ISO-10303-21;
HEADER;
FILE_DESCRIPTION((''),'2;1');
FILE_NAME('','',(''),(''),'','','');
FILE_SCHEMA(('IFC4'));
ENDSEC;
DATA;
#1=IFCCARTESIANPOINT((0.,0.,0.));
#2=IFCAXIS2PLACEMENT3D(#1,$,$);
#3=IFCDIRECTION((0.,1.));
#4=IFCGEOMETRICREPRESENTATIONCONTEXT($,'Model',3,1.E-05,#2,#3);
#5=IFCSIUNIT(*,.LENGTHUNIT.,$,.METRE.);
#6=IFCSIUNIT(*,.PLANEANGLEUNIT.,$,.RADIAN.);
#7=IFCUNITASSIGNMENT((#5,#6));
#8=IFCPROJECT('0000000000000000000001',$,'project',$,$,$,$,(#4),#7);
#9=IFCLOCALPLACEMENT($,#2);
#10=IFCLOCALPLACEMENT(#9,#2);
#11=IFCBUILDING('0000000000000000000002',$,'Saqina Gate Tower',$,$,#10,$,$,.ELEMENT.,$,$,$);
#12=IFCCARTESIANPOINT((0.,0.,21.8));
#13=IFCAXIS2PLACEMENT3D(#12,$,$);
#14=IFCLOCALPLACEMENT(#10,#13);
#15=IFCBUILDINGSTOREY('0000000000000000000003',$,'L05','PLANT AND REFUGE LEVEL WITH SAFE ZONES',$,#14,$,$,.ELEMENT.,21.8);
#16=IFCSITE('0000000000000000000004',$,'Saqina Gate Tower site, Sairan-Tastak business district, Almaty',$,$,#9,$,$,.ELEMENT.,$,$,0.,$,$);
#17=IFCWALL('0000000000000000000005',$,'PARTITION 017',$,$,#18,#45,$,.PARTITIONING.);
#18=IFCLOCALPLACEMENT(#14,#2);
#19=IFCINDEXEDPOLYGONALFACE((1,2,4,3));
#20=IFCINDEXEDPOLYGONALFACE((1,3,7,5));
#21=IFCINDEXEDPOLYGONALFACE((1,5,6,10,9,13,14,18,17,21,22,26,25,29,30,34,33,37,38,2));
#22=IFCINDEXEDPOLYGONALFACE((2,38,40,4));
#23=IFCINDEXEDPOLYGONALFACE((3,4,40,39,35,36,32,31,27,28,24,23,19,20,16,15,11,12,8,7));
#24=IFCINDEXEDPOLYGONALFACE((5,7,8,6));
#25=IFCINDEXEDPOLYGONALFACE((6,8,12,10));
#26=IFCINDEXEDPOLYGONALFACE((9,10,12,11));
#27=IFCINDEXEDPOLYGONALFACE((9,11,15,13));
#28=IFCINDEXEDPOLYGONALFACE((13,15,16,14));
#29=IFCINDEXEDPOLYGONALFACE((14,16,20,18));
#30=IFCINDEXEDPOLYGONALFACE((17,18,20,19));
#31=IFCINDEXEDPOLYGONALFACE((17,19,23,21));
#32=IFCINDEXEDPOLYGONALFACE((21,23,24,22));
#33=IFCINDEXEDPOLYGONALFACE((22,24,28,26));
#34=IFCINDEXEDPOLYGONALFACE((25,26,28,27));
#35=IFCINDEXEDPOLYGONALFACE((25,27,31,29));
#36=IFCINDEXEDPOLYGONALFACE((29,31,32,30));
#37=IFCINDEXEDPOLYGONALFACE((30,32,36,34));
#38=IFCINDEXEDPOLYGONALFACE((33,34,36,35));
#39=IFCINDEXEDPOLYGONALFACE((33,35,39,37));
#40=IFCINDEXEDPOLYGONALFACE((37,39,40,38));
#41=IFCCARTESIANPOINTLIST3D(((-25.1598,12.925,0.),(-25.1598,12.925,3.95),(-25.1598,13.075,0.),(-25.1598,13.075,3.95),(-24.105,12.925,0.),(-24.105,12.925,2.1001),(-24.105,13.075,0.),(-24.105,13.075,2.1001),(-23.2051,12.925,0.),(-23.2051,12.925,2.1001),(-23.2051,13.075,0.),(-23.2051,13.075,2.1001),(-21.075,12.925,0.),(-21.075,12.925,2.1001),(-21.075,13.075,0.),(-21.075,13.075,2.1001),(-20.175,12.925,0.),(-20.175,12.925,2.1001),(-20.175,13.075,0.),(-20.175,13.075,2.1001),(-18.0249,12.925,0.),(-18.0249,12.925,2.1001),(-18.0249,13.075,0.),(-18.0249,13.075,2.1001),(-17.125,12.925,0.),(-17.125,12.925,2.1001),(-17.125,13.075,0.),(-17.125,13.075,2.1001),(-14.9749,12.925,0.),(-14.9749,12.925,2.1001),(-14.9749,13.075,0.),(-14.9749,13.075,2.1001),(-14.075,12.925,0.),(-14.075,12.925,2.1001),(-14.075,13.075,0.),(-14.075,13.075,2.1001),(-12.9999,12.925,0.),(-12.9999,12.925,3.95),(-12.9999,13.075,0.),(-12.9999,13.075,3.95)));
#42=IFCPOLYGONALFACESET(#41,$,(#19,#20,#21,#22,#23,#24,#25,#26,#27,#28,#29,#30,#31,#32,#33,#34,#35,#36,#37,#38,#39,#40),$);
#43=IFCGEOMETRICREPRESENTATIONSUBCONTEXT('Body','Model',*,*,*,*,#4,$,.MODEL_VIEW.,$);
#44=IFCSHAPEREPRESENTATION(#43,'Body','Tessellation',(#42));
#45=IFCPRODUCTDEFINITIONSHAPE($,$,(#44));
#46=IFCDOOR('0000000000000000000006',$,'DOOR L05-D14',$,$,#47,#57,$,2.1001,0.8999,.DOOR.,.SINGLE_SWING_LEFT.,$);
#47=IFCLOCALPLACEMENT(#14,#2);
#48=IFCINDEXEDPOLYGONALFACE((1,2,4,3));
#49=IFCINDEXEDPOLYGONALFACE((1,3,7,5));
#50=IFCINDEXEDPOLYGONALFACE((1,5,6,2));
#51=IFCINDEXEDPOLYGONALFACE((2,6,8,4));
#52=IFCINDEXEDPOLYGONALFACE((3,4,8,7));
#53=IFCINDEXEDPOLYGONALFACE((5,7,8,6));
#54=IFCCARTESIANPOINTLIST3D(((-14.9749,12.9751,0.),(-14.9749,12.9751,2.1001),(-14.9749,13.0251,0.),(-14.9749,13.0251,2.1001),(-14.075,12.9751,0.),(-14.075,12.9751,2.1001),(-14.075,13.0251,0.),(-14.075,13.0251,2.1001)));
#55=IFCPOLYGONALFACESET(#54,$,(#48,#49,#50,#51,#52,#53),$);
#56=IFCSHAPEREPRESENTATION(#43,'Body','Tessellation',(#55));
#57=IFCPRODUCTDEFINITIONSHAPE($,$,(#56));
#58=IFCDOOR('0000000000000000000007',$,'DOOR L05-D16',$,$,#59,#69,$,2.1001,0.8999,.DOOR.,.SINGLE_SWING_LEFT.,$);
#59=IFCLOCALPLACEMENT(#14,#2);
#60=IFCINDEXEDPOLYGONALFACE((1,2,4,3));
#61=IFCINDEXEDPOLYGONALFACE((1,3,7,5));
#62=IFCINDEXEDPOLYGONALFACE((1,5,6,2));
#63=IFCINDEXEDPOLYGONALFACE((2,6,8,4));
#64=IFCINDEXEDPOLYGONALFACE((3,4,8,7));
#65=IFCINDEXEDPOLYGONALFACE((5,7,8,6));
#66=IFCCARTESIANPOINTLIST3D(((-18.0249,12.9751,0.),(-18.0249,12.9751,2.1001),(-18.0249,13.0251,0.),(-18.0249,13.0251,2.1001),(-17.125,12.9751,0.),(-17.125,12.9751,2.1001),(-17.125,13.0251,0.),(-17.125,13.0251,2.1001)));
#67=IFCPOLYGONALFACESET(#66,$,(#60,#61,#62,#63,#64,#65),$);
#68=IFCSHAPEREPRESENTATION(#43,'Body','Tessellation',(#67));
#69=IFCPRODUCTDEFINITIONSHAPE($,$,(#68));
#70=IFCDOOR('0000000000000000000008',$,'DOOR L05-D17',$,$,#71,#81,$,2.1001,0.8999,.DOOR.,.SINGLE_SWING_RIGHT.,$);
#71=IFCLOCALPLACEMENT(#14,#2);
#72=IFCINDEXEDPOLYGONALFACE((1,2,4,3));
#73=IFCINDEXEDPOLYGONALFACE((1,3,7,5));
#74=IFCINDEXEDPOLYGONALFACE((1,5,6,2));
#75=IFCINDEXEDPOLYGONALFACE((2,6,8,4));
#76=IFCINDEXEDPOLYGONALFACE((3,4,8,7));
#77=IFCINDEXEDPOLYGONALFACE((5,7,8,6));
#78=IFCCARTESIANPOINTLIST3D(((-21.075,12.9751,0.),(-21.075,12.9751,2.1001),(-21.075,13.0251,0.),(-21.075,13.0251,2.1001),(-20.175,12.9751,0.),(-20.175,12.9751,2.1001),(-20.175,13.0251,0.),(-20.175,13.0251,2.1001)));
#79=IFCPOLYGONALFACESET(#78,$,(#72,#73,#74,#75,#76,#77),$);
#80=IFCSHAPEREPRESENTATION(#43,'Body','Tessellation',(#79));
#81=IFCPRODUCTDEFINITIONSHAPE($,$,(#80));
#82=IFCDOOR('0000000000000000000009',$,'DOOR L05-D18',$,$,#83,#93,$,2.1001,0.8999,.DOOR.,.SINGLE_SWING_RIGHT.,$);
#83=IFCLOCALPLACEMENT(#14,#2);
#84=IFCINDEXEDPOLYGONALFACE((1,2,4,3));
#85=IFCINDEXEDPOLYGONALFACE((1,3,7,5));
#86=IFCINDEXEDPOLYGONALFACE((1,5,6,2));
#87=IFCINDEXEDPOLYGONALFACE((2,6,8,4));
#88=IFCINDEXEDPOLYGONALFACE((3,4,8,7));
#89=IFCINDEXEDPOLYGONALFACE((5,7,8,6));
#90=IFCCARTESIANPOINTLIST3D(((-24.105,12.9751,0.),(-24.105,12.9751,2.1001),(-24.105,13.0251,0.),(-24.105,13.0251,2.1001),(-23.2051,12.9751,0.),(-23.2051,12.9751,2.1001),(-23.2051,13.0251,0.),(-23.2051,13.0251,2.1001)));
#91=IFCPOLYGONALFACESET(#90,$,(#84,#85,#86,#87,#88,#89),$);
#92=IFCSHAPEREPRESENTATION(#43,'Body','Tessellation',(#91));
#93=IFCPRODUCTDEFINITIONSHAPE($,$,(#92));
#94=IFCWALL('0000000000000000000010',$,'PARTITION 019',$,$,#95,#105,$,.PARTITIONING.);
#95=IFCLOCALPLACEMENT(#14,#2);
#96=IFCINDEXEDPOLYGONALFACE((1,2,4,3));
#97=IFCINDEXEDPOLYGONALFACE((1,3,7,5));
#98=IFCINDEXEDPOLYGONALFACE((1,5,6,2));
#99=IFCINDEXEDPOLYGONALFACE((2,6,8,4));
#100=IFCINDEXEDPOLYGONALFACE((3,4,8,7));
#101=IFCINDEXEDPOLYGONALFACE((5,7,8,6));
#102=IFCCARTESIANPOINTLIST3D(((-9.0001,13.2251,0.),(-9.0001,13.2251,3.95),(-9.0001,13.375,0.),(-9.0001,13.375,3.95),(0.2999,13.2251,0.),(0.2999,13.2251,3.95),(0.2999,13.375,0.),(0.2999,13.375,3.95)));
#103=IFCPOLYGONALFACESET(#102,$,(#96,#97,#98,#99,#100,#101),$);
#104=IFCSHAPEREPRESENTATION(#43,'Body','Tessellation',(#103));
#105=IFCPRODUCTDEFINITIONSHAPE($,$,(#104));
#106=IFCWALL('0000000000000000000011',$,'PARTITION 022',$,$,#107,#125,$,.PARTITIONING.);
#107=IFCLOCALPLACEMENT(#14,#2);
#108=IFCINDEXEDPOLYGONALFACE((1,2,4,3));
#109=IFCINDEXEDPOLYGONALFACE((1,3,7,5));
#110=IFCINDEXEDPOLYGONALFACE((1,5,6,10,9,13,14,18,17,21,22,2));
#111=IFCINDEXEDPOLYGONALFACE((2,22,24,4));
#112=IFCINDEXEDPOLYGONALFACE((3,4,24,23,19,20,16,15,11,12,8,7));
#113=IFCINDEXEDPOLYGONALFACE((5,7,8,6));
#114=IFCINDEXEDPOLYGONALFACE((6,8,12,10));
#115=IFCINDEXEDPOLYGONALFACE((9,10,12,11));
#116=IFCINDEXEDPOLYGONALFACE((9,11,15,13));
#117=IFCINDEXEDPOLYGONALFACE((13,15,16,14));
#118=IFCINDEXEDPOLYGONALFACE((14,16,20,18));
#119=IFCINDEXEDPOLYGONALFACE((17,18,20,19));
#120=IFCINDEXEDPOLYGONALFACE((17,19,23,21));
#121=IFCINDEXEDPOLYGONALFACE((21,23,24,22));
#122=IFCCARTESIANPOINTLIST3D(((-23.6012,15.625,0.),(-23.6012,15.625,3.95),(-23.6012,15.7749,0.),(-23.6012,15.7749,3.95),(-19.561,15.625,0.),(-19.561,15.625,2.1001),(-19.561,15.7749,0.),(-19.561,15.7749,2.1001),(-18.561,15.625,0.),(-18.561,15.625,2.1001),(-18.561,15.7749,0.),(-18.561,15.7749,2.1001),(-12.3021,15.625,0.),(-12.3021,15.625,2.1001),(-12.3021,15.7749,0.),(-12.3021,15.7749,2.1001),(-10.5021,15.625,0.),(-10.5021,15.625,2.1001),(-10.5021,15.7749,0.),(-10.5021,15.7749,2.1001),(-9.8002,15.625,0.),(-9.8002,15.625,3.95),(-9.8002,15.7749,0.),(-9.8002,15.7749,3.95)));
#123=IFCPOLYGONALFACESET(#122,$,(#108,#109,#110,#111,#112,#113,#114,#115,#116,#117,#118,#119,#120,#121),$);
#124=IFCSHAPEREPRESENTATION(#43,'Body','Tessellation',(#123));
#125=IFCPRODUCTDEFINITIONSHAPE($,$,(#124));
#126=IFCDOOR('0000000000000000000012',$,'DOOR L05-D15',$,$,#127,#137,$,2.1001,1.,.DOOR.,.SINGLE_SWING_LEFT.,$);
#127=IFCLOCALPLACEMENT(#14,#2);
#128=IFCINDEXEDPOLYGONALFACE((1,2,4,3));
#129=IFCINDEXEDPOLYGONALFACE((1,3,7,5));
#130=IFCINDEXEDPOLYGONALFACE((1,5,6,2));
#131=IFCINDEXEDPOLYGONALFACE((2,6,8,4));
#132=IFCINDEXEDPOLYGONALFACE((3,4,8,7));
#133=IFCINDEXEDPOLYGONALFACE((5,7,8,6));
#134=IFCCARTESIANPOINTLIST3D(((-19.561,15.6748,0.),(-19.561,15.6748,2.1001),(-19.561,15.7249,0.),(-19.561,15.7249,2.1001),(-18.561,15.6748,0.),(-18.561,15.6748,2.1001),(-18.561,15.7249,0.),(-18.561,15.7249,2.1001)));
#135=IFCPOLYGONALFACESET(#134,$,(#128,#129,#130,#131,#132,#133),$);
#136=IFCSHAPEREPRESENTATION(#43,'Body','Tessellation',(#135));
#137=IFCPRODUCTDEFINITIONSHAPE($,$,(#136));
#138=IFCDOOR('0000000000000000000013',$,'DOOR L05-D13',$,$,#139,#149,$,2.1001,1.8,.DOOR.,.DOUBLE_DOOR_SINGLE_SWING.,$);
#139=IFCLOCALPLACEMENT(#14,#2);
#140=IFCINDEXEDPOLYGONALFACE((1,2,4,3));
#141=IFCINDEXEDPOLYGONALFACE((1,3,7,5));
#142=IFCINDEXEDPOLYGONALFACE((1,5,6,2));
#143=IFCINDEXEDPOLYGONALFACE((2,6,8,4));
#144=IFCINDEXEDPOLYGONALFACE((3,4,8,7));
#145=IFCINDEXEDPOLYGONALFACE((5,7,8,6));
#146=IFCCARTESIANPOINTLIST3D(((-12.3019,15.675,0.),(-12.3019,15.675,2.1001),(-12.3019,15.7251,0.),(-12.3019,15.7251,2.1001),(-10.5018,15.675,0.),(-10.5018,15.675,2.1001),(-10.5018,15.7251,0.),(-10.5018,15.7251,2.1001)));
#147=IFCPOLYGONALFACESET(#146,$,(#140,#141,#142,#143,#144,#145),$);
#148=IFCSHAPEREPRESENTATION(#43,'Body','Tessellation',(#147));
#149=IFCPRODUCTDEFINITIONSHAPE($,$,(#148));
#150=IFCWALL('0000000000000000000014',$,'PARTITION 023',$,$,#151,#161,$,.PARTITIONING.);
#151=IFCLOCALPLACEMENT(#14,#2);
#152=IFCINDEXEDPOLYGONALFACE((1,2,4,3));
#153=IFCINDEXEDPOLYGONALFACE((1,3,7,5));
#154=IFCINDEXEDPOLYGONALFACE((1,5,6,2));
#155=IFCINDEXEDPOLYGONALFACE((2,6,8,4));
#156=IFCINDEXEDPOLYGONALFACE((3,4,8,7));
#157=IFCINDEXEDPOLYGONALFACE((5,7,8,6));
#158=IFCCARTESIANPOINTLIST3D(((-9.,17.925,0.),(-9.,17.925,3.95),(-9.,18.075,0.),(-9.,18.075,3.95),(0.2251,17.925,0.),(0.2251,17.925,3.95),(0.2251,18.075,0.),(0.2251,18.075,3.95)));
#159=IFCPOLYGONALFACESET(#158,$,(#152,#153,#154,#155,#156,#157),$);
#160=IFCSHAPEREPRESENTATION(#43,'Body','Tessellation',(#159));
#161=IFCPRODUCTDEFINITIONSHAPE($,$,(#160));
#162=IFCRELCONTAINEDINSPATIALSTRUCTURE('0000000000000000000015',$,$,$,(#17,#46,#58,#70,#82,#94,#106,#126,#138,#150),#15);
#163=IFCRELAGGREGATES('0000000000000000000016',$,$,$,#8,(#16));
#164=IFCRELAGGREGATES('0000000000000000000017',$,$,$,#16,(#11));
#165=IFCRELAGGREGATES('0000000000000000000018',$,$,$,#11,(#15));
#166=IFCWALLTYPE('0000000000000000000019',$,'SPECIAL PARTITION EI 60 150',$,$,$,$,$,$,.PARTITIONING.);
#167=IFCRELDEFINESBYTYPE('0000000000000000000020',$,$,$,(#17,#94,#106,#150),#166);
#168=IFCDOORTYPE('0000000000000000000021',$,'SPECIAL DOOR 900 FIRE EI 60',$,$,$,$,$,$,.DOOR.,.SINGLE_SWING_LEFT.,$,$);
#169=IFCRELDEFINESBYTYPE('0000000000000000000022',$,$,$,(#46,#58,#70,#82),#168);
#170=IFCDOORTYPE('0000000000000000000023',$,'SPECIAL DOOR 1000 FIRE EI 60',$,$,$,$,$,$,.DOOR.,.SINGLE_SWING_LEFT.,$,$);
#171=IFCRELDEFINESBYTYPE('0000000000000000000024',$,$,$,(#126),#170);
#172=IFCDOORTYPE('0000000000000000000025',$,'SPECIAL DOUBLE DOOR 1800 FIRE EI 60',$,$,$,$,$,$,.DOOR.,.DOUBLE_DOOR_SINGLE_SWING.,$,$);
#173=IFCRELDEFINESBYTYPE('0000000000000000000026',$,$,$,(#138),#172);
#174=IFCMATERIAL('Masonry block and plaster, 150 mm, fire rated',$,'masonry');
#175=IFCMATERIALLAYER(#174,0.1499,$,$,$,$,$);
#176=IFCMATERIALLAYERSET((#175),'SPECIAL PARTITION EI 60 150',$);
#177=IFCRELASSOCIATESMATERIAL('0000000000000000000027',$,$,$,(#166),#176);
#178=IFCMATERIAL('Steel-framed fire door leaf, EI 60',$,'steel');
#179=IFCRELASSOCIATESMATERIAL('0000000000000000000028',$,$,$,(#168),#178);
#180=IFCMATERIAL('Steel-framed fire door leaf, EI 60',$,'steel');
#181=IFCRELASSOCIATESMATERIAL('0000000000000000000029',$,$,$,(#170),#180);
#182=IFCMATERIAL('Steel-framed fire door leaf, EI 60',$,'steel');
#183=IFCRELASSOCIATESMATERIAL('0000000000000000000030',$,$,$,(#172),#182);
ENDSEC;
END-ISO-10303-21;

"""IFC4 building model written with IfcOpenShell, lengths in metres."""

from ifc_helpers import new_model, si_unit, direction, frame, frame_2d, origin, place, context, subcontext, project, spatial, rectangle, extrude, material, layer, layer_set, type_object, element, fill, save


model = new_model("IFC4")

# Units and contexts
model_context = context("Model", 3, precision=1e-05, world=origin(), true_north=direction((0.0, 1.0)))
body_context = subcontext(model_context, "Body", "Model", "MODEL_VIEW")
ifc_project = project(units=[si_unit("LENGTHUNIT", "METRE"), si_unit("PLANEANGLEUNIT", "RADIAN")], contexts=[model_context])

# Site, building, storey
site_placement = place(None, origin())
site = spatial("IfcSite", under=ifc_project, at=site_placement, Name="Saqina Gate Tower site, Sairan-Tastak business district, Almaty", CompositionType="ELEMENT", RefElevation=0.0)
building_placement = place(site_placement, origin())
building = spatial("IfcBuilding", under=site, at=building_placement, Name="Saqina Gate Tower", CompositionType="ELEMENT")
storey_placement = place(building_placement, frame((0.0, 0.0, 21.8)))
storey = spatial("IfcBuildingStorey", under=building, at=storey_placement, Name="L05", Description="PLANT AND REFUGE LEVEL WITH SAFE ZONES", CompositionType="ELEMENT", Elevation=21.8)

# Shared definitions
ifc_material_1 = material(Name="Masonry block and plaster, 150 mm, fire rated", Category="masonry")
ifc_layer_1 = layer(ifc_material_1, 0.1499)
ifc_layer_set_1 = layer_set([ifc_layer_1], Name="SPECIAL PARTITION EI 60 150")
wall_type_1 = type_object("IfcWallType", Name="SPECIAL PARTITION EI 60 150", PredefinedType="PARTITIONING", material=ifc_layer_set_1)

# Wall, openings, doors
wall_1_placement = place(storey_placement, frame((-25.1599, 13.0, 0.0), z_axis=(0.0, 0.0, 1.0), x_axis=(1.0, 0.0, 0.0)))
wall_1 = element("IfcWall", 1, at=wall_1_placement, inside=storey, type_object=wall_type_1, Name="PARTITION 017", PredefinedType="PARTITIONING", context=body_context, shape_type="SweptSolid", body=[
    extrude(rectangle(XDim=12.1599, YDim=0.1499, at=frame_2d((6.0801, 0.0))), origin(), (0.0, 0.0, 1.0), 3.95),
])
opening_1_placement = place(wall_1_placement, frame((10.1851, 0.0, 0.0)))
opening_1 = element("IfcOpeningElement", 2, at=opening_1_placement, cuts=wall_1, PredefinedType="OPENING", context=body_context, shape_type="SweptSolid", body=[
    extrude(rectangle(XDim=0.8999, YDim=2.1001, at=frame_2d((0.45, 1.05))), frame((0.0, 0.0869, 0.0), z_axis=(0.0, -1.0, 0.0), x_axis=(1.0, 0.0, 0.0)), (0.0, 0.0, 1.0), 0.1738),
])
opening_2_placement = place(wall_1_placement, frame((7.135, 0.0, 0.0)))
opening_2 = element("IfcOpeningElement", 3, at=opening_2_placement, cuts=wall_1, PredefinedType="OPENING", context=body_context, shape_type="SweptSolid", body=[
    extrude(rectangle(XDim=0.8999, YDim=2.1001, at=frame_2d((0.45, 1.05))), frame((0.0, 0.0869, 0.0), z_axis=(0.0, -1.0, 0.0), x_axis=(1.0, 0.0, 0.0)), (0.0, 0.0, 1.0), 0.1738),
])
opening_3_placement = place(wall_1_placement, frame((4.085, 0.0, 0.0)))
opening_3 = element("IfcOpeningElement", 4, at=opening_3_placement, cuts=wall_1, PredefinedType="OPENING", context=body_context, shape_type="SweptSolid", body=[
    extrude(rectangle(XDim=0.8999, YDim=2.1001, at=frame_2d((0.45, 1.05))), frame((0.0, 0.0869, 0.0), z_axis=(0.0, -1.0, 0.0), x_axis=(1.0, 0.0, 0.0)), (0.0, 0.0, 1.0), 0.1738),
])
opening_4_placement = place(wall_1_placement, frame((1.0549, 0.0, 0.0)))
opening_4 = element("IfcOpeningElement", 5, at=opening_4_placement, cuts=wall_1, PredefinedType="OPENING", context=body_context, shape_type="SweptSolid", body=[
    extrude(rectangle(XDim=0.8999, YDim=2.1001, at=frame_2d((0.45, 1.05))), frame((0.0, 0.0869, 0.0), z_axis=(0.0, -1.0, 0.0), x_axis=(1.0, 0.0, 0.0)), (0.0, 0.0, 1.0), 0.1738),
])
ifc_material_2 = material(Name="Steel-framed fire door leaf, EI 60", Category="steel")
door_type_1 = type_object("IfcDoorType", Name="SPECIAL DOOR 900 FIRE EI 60", OperationType="SINGLE_SWING_LEFT", PredefinedType="DOOR", material=ifc_material_2)
door_1_placement = place(opening_1_placement, frame((0.8999, 0.0, 0.0), z_axis=(0.0, 0.0, 1.0), x_axis=(-1.0, 0.0, 0.0)))
door_1 = element("IfcDoor", 6, at=door_1_placement, inside=storey, type_object=door_type_1, Name="DOOR L05-D14", OperationType="SINGLE_SWING_LEFT", OverallHeight=2.1001, OverallWidth=0.8999, PredefinedType="DOOR", context=body_context, shape_type="SweptSolid", body=[
    extrude(rectangle(XDim=0.8999, YDim=2.1001, at=frame_2d((0.45, 1.05))), frame((0.0, 0.0249, 0.0), z_axis=(0.0, -1.0, 0.0), x_axis=(1.0, 0.0, 0.0)), (0.0, 0.0, 1.0), 0.05),
])
fill(opening_1, door_1)
door_2_placement = place(opening_2_placement, frame((0.8999, 0.0, 0.0), z_axis=(0.0, 0.0, 1.0), x_axis=(-1.0, 0.0, 0.0)))
door_2 = element("IfcDoor", 7, at=door_2_placement, inside=storey, type_object=door_type_1, Name="DOOR L05-D16", OperationType="SINGLE_SWING_LEFT", OverallHeight=2.1001, OverallWidth=0.8999, PredefinedType="DOOR", context=body_context, shape_type="SweptSolid", body=[
    extrude(rectangle(XDim=0.8999, YDim=2.1001, at=frame_2d((0.45, 1.05))), frame((0.0, 0.0249, 0.0), z_axis=(0.0, -1.0, 0.0), x_axis=(1.0, 0.0, 0.0)), (0.0, 0.0, 1.0), 0.05),
])
fill(opening_2, door_2)
door_3_placement = place(opening_3_placement, frame((0.8999, 0.0, 0.0), z_axis=(0.0, 0.0, 1.0), x_axis=(-1.0, 0.0, 0.0)))
door_3 = element("IfcDoor", 8, at=door_3_placement, inside=storey, type_object=door_type_1, Name="DOOR L05-D17", OperationType="SINGLE_SWING_RIGHT", OverallHeight=2.1001, OverallWidth=0.8999, PredefinedType="DOOR", context=body_context, shape_type="SweptSolid", body=[
    extrude(rectangle(XDim=0.8999, YDim=2.1001, at=frame_2d((0.45, 1.05))), frame((0.0, 0.0249, 0.0), z_axis=(0.0, -1.0, 0.0), x_axis=(1.0, 0.0, 0.0)), (0.0, 0.0, 1.0), 0.05),
])
fill(opening_3, door_3)
door_4_placement = place(opening_4_placement, frame((0.8999, 0.0, 0.0), z_axis=(0.0, 0.0, 1.0), x_axis=(-1.0, 0.0, 0.0)))
door_4 = element("IfcDoor", 9, at=door_4_placement, inside=storey, type_object=door_type_1, Name="DOOR L05-D18", OperationType="SINGLE_SWING_RIGHT", OverallHeight=2.1001, OverallWidth=0.8999, PredefinedType="DOOR", context=body_context, shape_type="SweptSolid", body=[
    extrude(rectangle(XDim=0.8999, YDim=2.1001, at=frame_2d((0.45, 1.05))), frame((0.0, 0.0249, 0.0), z_axis=(0.0, -1.0, 0.0), x_axis=(1.0, 0.0, 0.0)), (0.0, 0.0, 1.0), 0.05),
])
fill(opening_4, door_4)

# Wall
wall_2_placement = place(storey_placement, frame((-9.0, 13.3, 0.0), z_axis=(0.0, 0.0, 1.0), x_axis=(1.0, 0.0, 0.0)))
element("IfcWall", 10, at=wall_2_placement, inside=storey, type_object=wall_type_1, Name="PARTITION 019", PredefinedType="PARTITIONING", context=body_context, shape_type="SweptSolid", body=[
    extrude(rectangle(XDim=9.3, YDim=0.1499, at=frame_2d((4.6499, 0.0))), origin(), (0.0, 0.0, 1.0), 3.95),
])

# Wall, openings, doors
wall_3_placement = place(storey_placement, frame((-23.6011, 15.7, 0.0), z_axis=(0.0, 0.0, 1.0), x_axis=(1.0, 0.0, 0.0)))
wall_3 = element("IfcWall", 11, at=wall_3_placement, inside=storey, type_object=wall_type_1, Name="PARTITION 022", PredefinedType="PARTITIONING", context=body_context, shape_type="SweptSolid", body=[
    extrude(rectangle(XDim=13.801, YDim=0.1499, at=frame_2d((6.9004, 0.0))), origin(), (0.0, 0.0, 1.0), 3.95),
])
opening_5_placement = place(wall_3_placement, frame((11.2991, 0.0, 0.0)))
opening_5 = element("IfcOpeningElement", 12, at=opening_5_placement, cuts=wall_3, PredefinedType="OPENING", context=body_context, shape_type="SweptSolid", body=[
    extrude(rectangle(XDim=1.8, YDim=2.1001, at=frame_2d((0.8999, 1.05))), frame((0.0, 0.0869, 0.0), z_axis=(0.0, -1.0, 0.0), x_axis=(1.0, 0.0, 0.0)), (0.0, 0.0, 1.0), 0.1738),
])
opening_6_placement = place(wall_3_placement, frame((4.04, 0.0, 0.0)))
opening_6 = element("IfcOpeningElement", 13, at=opening_6_placement, cuts=wall_3, PredefinedType="OPENING", context=body_context, shape_type="SweptSolid", body=[
    extrude(rectangle(XDim=1.0, YDim=2.1001, at=frame_2d((0.5, 1.05))), frame((0.0, 0.0869, 0.0), z_axis=(0.0, -1.0, 0.0), x_axis=(1.0, 0.0, 0.0)), (0.0, 0.0, 1.0), 0.1738),
])
ifc_material_3 = material(Name="Steel-framed fire door leaf, EI 60", Category="steel")
door_type_2 = type_object("IfcDoorType", Name="SPECIAL DOOR 1000 FIRE EI 60", OperationType="SINGLE_SWING_LEFT", PredefinedType="DOOR", material=ifc_material_3)
door_5_placement = place(opening_6_placement, origin())
door_5 = element("IfcDoor", 14, at=door_5_placement, inside=storey, type_object=door_type_2, Name="DOOR L05-D15", OperationType="SINGLE_SWING_LEFT", OverallHeight=2.1001, OverallWidth=1.0, PredefinedType="DOOR", context=body_context, shape_type="SweptSolid", body=[
    extrude(rectangle(XDim=1.0, YDim=2.1001, at=frame_2d((0.5, 1.05))), frame((0.0, 0.0249, 0.0), z_axis=(0.0, -1.0, 0.0), x_axis=(1.0, 0.0, 0.0)), (0.0, 0.0, 1.0), 0.05),
])
fill(opening_6, door_5)
ifc_material_4 = material(Name="Steel-framed fire door leaf, EI 60", Category="steel")
door_type_3 = type_object("IfcDoorType", Name="SPECIAL DOUBLE DOOR 1800 FIRE EI 60", OperationType="DOUBLE_DOOR_SINGLE_SWING", PredefinedType="DOOR", material=ifc_material_4)
door_6_placement = place(opening_5_placement, frame((1.8, 0.0, 0.0), z_axis=(0.0, 0.0, 1.0), x_axis=(-1.0, 0.0, 0.0)))
door_6 = element("IfcDoor", 15, at=door_6_placement, inside=storey, type_object=door_type_3, Name="DOOR L05-D13", OperationType="DOUBLE_DOOR_SINGLE_SWING", OverallHeight=2.1001, OverallWidth=1.8, PredefinedType="DOOR", context=body_context, shape_type="SweptSolid", body=[
    extrude(rectangle(XDim=1.8, YDim=2.1001, at=frame_2d((0.8999, 1.05))), frame((0.0, 0.0249, 0.0), z_axis=(0.0, -1.0, 0.0), x_axis=(1.0, 0.0, 0.0)), (0.0, 0.0, 1.0), 0.05),
])
fill(opening_5, door_6)

# Wall
wall_4_placement = place(storey_placement, frame((-9.0, 18.0, 0.0), z_axis=(0.0, 0.0, 1.0), x_axis=(1.0, 0.0, 0.0)))
element("IfcWall", 16, at=wall_4_placement, inside=storey, type_object=wall_type_1, Name="PARTITION 023", PredefinedType="PARTITIONING", context=body_context, shape_type="SweptSolid", body=[
    extrude(rectangle(XDim=9.2251, YDim=0.1499, at=frame_2d((4.6125, 0.0))), origin(), (0.0, 0.0, 1.0), 3.95),
])

save(model, "model.ifc")
